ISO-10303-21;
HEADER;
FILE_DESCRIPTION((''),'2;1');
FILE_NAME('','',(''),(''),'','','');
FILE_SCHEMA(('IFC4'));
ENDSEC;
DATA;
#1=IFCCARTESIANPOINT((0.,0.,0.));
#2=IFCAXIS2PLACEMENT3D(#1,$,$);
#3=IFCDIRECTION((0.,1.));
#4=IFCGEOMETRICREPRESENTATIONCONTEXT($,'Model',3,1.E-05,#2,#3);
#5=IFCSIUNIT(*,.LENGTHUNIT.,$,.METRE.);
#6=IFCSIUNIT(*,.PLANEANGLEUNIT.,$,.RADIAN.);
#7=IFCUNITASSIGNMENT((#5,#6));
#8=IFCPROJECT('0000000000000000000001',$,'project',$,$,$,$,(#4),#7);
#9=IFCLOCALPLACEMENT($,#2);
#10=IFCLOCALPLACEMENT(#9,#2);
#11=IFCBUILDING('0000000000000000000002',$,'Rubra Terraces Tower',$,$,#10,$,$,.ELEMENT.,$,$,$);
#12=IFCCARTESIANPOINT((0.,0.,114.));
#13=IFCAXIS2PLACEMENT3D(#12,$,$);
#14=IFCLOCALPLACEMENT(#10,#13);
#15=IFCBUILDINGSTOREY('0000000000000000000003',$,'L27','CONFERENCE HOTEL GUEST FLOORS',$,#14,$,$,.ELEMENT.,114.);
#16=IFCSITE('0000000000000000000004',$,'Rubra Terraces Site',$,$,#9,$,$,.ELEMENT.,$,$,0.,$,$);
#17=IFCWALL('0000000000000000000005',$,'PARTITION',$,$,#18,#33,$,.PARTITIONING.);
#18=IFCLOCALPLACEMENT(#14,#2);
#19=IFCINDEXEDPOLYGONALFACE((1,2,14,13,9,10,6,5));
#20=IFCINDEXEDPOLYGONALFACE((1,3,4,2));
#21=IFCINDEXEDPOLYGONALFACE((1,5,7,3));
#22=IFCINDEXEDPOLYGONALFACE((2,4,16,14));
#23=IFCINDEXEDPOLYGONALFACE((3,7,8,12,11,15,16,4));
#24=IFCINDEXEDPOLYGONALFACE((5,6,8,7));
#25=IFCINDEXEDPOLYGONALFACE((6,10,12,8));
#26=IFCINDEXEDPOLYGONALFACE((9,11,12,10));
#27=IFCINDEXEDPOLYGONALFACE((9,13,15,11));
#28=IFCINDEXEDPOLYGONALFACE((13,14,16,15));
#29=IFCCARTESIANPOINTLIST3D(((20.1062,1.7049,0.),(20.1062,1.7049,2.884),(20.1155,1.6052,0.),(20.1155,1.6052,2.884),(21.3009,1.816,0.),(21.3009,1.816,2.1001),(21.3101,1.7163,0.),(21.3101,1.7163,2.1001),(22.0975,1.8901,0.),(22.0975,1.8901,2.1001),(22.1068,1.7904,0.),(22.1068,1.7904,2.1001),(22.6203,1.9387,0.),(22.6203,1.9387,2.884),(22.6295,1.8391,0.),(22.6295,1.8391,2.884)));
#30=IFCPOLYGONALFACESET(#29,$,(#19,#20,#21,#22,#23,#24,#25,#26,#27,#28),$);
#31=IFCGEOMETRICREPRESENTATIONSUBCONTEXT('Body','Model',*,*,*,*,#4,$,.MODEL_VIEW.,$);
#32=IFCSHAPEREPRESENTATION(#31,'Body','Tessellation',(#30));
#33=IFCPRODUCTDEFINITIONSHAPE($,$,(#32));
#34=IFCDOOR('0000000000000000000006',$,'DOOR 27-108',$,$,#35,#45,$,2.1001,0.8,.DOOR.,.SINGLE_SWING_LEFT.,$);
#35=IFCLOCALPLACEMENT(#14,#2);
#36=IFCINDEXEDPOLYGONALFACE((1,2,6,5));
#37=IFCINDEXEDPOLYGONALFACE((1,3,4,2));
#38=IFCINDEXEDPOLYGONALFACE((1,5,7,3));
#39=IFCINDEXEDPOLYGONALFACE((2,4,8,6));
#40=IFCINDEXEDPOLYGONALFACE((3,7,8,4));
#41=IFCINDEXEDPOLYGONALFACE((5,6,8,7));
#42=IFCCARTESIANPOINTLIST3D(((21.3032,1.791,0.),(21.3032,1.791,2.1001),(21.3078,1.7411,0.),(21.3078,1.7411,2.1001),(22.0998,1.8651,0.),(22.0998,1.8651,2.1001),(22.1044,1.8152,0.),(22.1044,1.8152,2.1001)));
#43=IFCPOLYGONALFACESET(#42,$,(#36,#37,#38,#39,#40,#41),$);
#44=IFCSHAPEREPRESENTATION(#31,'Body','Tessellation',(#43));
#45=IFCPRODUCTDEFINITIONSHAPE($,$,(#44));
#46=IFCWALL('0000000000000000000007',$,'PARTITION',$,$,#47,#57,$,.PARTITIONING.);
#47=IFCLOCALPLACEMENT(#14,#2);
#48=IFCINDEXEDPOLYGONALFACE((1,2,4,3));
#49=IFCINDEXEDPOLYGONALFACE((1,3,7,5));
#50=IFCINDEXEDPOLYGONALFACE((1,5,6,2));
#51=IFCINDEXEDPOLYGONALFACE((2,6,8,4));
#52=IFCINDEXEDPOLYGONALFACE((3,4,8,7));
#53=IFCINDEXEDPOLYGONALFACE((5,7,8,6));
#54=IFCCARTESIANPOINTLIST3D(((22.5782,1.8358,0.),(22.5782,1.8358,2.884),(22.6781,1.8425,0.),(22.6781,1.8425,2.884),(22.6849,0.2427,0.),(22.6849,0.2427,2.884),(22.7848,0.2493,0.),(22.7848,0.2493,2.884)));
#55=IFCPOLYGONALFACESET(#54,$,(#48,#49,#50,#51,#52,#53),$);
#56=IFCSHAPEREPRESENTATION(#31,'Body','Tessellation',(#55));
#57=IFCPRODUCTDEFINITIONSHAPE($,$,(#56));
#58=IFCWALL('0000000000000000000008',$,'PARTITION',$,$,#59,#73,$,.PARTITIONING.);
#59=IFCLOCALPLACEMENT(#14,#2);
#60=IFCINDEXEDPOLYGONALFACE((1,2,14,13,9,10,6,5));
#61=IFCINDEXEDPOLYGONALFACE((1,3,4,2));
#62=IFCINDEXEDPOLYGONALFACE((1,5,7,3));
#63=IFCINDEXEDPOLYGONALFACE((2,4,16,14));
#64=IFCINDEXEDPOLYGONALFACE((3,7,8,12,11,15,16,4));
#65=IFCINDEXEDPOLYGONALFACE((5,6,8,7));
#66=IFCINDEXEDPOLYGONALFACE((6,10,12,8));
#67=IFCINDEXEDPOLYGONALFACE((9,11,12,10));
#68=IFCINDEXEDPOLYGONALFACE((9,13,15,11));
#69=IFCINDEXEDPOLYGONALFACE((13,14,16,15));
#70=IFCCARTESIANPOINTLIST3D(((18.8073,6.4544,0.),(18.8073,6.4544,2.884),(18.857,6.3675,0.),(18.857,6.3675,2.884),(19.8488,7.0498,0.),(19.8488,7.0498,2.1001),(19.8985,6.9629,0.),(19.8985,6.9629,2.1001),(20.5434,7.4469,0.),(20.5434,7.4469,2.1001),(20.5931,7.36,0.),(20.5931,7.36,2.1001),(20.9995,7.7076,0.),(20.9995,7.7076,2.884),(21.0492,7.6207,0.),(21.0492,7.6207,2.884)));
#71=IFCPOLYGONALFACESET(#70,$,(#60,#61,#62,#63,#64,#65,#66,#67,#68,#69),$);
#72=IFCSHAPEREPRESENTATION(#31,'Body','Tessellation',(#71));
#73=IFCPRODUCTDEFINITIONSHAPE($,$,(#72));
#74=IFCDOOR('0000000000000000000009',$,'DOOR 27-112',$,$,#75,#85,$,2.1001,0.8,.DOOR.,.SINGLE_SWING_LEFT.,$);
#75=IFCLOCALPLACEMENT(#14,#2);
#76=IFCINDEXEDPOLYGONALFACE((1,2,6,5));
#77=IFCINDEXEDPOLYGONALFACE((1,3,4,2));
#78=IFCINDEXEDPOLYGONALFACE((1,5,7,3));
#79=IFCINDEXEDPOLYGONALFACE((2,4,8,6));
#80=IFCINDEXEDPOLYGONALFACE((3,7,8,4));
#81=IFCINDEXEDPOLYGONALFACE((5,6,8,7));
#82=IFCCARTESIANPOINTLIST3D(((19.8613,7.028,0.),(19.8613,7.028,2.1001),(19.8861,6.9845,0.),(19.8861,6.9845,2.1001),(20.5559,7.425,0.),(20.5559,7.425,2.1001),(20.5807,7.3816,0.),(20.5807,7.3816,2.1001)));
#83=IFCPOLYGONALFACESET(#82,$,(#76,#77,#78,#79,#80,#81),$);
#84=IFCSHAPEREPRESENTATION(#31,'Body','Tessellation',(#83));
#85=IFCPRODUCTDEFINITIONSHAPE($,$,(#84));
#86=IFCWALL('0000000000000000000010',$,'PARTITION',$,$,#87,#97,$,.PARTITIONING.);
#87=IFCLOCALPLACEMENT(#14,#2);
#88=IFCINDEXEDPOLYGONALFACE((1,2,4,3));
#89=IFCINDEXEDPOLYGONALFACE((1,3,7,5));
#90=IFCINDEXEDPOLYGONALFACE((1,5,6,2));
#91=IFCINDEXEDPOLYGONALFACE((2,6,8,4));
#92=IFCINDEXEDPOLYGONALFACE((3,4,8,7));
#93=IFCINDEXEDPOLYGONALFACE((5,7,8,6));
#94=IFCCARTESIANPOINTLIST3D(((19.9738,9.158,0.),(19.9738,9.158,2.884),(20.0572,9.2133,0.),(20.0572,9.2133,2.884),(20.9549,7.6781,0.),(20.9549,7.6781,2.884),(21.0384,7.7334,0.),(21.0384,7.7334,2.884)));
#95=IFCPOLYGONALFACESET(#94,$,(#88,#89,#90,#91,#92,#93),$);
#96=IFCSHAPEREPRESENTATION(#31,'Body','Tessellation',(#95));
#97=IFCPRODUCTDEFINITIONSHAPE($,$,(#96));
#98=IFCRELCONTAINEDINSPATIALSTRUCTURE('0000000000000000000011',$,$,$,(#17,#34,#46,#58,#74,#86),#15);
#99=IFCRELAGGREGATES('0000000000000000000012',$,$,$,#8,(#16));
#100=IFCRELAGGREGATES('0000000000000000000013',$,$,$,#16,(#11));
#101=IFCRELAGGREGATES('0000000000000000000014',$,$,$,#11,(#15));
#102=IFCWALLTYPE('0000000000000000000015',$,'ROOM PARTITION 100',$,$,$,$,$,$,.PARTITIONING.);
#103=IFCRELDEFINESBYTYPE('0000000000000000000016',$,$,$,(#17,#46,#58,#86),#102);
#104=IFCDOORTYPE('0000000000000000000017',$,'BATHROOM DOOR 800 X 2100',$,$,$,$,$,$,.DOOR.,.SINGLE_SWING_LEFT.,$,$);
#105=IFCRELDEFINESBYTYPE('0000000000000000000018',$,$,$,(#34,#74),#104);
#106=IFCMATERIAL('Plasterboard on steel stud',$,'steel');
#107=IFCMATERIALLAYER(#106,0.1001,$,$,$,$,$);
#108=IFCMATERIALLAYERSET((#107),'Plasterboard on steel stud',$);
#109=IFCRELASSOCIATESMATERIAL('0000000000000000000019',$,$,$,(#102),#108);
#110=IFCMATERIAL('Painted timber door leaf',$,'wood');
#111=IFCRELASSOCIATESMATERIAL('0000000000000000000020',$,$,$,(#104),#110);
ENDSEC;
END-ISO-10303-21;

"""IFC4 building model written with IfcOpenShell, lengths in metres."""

from ifc_helpers import new_model, si_unit, direction, frame, frame_2d, origin, place, context, subcontext, project, spatial, rectangle, extrude, material, layer, layer_set, type_object, element, fill, save


model = new_model("IFC4")

# Units and contexts
model_context = context("Model", 3, precision=1e-05, world=origin(), true_north=direction((0.0, 1.0)))
body_context = subcontext(model_context, "Body", "Model", "MODEL_VIEW")
ifc_project = project(units=[si_unit("LENGTHUNIT", "METRE"), si_unit("PLANEANGLEUNIT", "RADIAN")], contexts=[model_context])

# Site, building, storey
site_placement = place(None, origin())
site = spatial("IfcSite", under=ifc_project, at=site_placement, Name="Rubra Terraces Site", CompositionType="ELEMENT", RefElevation=0.0)
building_placement = place(site_placement, origin())
building = spatial("IfcBuilding", under=site, at=building_placement, Name="Rubra Terraces Tower", CompositionType="ELEMENT")
storey_placement = place(building_placement, frame((0.0, 0.0, 114.0)))
storey = spatial("IfcBuildingStorey", under=building, at=storey_placement, Name="L27", Description="CONFERENCE HOTEL GUEST FLOORS", CompositionType="ELEMENT", Elevation=114.0)

# Shared definitions
ifc_material_1 = material(Name="Painted timber door leaf", Category="wood")

# Wall, opening, door
ifc_material_2 = material(Name="Plasterboard on steel stud", Category="steel")
ifc_layer_1 = layer(ifc_material_2, 0.1001)
ifc_layer_set_1 = layer_set([ifc_layer_1], Name="Plasterboard on steel stud")
wall_type_1 = type_object("IfcWallType", Name="ROOM PARTITION 100", PredefinedType="PARTITIONING", material=ifc_layer_set_1)
wall_1_placement = place(storey_placement, frame((20.1108, 1.655, 0.0), z_axis=(0.0, 0.0, 1.0), x_axis=(0.995701, 0.092628, 0.0)))
wall_1 = element("IfcWall", 1, at=wall_1_placement, inside=storey, type_object=wall_type_1, Name="PARTITION", PredefinedType="PARTITIONING", context=body_context, shape_type="SweptSolid", body=[
    extrude(rectangle(XDim=2.5249, YDim=0.1001, at=frame_2d((1.2625, 0.0))), origin(), (0.0, 0.0, 1.0), 2.884),
])
opening_1_placement = place(wall_1_placement, frame((1.2, 0.0, 0.0)))
opening_1 = element("IfcOpeningElement", 2, at=opening_1_placement, cuts=wall_1, PredefinedType="OPENING", context=body_context, shape_type="SweptSolid", body=[
    extrude(rectangle(XDim=0.8, YDim=2.1001, at=frame_2d((0.3999, 1.05))), frame((0.0, 0.0601, 0.0), z_axis=(0.0, -1.0, 0.0), x_axis=(1.0, 0.0, 0.0)), (0.0, 0.0, 1.0), 0.1201),
])
door_type_1 = type_object("IfcDoorType", Name="BATHROOM DOOR 800 X 2100", OperationType="SINGLE_SWING_LEFT", PredefinedType="DOOR", material=ifc_material_1)
door_1_placement = place(opening_1_placement, origin())
door_1 = element("IfcDoor", 3, at=door_1_placement, inside=storey, type_object=door_type_1, Name="DOOR 27-108", OperationType="SINGLE_SWING_LEFT", OverallHeight=2.1001, OverallWidth=0.8, PredefinedType="DOOR", context=body_context, shape_type="SweptSolid", body=[
    extrude(rectangle(XDim=0.8, YDim=2.1001, at=frame_2d((0.3999, 1.05))), frame((0.0, 0.0249, 0.0), z_axis=(0.0, -1.0, 0.0), x_axis=(1.0, 0.0, 0.0)), (0.0, 0.0, 1.0), 0.05),
])
fill(opening_1, door_1)

# Wall
wall_2_placement = place(storey_placement, frame((22.6282, 1.8391, 0.0), z_axis=(0.0, 0.0, 1.0), x_axis=(0.066823, -0.997765, 0.0)))
element("IfcWall", 4, at=wall_2_placement, inside=storey, type_object=wall_type_1, Name="PARTITION", PredefinedType="PARTITIONING", context=body_context, shape_type="SweptSolid", body=[
    extrude(rectangle(XDim=1.5967, YDim=0.1001, at=frame_2d((0.7983, 0.0))), origin(), (0.0, 0.0, 1.0), 2.884),
])

# Wall, opening, door
wall_3_placement = place(storey_placement, frame((18.832, 6.4109, 0.0), z_axis=(0.0, 0.0, 1.0), x_axis=(0.868154, 0.496295, 0.0)))
wall_3 = element("IfcWall", 5, at=wall_3_placement, inside=storey, type_object=wall_type_1, Name="PARTITION", PredefinedType="PARTITIONING", context=body_context, shape_type="SweptSolid", body=[
    extrude(rectangle(XDim=2.5251, YDim=0.1001, at=frame_2d((1.2627, 0.0))), origin(), (0.0, 0.0, 1.0), 2.884),
])
opening_2_placement = place(wall_3_placement, frame((1.2, 0.0, 0.0)))
opening_2 = element("IfcOpeningElement", 6, at=opening_2_placement, cuts=wall_3, PredefinedType="OPENING", context=body_context, shape_type="SweptSolid", body=[
    extrude(rectangle(XDim=0.8, YDim=2.1001, at=frame_2d((0.3999, 1.05))), frame((0.0, 0.0601, 0.0), z_axis=(0.0, -1.0, 0.0), x_axis=(1.0, 0.0, 0.0)), (0.0, 0.0, 1.0), 0.1201),
])
door_2_placement = place(opening_2_placement, origin())
door_2 = element("IfcDoor", 7, at=door_2_placement, inside=storey, type_object=door_type_1, Name="DOOR 27-112", OperationType="SINGLE_SWING_LEFT", OverallHeight=2.1001, OverallWidth=0.8, PredefinedType="DOOR", context=body_context, shape_type="SweptSolid", body=[
    extrude(rectangle(XDim=0.8, YDim=2.1001, at=frame_2d((0.3999, 1.05))), frame((0.0, 0.0249, 0.0), z_axis=(0.0, -1.0, 0.0), x_axis=(1.0, 0.0, 0.0)), (0.0, 0.0, 1.0), 0.05),
])
fill(opening_2, door_2)

# Wall
wall_4_placement = place(storey_placement, frame((20.9966, 7.7058, 0.0), z_axis=(0.0, 0.0, 1.0), x_axis=(-0.552573, 0.833465, 0.0)))
element("IfcWall", 8, at=wall_4_placement, inside=storey, type_object=wall_type_1, Name="PARTITION", PredefinedType="PARTITIONING", context=body_context, shape_type="SweptSolid", body=[
    extrude(rectangle(XDim=1.7756, YDim=0.1001, at=frame_2d((0.8877, 0.0))), origin(), (0.0, 0.0, 1.0), 2.884),
])

save(model, "model.ifc")
